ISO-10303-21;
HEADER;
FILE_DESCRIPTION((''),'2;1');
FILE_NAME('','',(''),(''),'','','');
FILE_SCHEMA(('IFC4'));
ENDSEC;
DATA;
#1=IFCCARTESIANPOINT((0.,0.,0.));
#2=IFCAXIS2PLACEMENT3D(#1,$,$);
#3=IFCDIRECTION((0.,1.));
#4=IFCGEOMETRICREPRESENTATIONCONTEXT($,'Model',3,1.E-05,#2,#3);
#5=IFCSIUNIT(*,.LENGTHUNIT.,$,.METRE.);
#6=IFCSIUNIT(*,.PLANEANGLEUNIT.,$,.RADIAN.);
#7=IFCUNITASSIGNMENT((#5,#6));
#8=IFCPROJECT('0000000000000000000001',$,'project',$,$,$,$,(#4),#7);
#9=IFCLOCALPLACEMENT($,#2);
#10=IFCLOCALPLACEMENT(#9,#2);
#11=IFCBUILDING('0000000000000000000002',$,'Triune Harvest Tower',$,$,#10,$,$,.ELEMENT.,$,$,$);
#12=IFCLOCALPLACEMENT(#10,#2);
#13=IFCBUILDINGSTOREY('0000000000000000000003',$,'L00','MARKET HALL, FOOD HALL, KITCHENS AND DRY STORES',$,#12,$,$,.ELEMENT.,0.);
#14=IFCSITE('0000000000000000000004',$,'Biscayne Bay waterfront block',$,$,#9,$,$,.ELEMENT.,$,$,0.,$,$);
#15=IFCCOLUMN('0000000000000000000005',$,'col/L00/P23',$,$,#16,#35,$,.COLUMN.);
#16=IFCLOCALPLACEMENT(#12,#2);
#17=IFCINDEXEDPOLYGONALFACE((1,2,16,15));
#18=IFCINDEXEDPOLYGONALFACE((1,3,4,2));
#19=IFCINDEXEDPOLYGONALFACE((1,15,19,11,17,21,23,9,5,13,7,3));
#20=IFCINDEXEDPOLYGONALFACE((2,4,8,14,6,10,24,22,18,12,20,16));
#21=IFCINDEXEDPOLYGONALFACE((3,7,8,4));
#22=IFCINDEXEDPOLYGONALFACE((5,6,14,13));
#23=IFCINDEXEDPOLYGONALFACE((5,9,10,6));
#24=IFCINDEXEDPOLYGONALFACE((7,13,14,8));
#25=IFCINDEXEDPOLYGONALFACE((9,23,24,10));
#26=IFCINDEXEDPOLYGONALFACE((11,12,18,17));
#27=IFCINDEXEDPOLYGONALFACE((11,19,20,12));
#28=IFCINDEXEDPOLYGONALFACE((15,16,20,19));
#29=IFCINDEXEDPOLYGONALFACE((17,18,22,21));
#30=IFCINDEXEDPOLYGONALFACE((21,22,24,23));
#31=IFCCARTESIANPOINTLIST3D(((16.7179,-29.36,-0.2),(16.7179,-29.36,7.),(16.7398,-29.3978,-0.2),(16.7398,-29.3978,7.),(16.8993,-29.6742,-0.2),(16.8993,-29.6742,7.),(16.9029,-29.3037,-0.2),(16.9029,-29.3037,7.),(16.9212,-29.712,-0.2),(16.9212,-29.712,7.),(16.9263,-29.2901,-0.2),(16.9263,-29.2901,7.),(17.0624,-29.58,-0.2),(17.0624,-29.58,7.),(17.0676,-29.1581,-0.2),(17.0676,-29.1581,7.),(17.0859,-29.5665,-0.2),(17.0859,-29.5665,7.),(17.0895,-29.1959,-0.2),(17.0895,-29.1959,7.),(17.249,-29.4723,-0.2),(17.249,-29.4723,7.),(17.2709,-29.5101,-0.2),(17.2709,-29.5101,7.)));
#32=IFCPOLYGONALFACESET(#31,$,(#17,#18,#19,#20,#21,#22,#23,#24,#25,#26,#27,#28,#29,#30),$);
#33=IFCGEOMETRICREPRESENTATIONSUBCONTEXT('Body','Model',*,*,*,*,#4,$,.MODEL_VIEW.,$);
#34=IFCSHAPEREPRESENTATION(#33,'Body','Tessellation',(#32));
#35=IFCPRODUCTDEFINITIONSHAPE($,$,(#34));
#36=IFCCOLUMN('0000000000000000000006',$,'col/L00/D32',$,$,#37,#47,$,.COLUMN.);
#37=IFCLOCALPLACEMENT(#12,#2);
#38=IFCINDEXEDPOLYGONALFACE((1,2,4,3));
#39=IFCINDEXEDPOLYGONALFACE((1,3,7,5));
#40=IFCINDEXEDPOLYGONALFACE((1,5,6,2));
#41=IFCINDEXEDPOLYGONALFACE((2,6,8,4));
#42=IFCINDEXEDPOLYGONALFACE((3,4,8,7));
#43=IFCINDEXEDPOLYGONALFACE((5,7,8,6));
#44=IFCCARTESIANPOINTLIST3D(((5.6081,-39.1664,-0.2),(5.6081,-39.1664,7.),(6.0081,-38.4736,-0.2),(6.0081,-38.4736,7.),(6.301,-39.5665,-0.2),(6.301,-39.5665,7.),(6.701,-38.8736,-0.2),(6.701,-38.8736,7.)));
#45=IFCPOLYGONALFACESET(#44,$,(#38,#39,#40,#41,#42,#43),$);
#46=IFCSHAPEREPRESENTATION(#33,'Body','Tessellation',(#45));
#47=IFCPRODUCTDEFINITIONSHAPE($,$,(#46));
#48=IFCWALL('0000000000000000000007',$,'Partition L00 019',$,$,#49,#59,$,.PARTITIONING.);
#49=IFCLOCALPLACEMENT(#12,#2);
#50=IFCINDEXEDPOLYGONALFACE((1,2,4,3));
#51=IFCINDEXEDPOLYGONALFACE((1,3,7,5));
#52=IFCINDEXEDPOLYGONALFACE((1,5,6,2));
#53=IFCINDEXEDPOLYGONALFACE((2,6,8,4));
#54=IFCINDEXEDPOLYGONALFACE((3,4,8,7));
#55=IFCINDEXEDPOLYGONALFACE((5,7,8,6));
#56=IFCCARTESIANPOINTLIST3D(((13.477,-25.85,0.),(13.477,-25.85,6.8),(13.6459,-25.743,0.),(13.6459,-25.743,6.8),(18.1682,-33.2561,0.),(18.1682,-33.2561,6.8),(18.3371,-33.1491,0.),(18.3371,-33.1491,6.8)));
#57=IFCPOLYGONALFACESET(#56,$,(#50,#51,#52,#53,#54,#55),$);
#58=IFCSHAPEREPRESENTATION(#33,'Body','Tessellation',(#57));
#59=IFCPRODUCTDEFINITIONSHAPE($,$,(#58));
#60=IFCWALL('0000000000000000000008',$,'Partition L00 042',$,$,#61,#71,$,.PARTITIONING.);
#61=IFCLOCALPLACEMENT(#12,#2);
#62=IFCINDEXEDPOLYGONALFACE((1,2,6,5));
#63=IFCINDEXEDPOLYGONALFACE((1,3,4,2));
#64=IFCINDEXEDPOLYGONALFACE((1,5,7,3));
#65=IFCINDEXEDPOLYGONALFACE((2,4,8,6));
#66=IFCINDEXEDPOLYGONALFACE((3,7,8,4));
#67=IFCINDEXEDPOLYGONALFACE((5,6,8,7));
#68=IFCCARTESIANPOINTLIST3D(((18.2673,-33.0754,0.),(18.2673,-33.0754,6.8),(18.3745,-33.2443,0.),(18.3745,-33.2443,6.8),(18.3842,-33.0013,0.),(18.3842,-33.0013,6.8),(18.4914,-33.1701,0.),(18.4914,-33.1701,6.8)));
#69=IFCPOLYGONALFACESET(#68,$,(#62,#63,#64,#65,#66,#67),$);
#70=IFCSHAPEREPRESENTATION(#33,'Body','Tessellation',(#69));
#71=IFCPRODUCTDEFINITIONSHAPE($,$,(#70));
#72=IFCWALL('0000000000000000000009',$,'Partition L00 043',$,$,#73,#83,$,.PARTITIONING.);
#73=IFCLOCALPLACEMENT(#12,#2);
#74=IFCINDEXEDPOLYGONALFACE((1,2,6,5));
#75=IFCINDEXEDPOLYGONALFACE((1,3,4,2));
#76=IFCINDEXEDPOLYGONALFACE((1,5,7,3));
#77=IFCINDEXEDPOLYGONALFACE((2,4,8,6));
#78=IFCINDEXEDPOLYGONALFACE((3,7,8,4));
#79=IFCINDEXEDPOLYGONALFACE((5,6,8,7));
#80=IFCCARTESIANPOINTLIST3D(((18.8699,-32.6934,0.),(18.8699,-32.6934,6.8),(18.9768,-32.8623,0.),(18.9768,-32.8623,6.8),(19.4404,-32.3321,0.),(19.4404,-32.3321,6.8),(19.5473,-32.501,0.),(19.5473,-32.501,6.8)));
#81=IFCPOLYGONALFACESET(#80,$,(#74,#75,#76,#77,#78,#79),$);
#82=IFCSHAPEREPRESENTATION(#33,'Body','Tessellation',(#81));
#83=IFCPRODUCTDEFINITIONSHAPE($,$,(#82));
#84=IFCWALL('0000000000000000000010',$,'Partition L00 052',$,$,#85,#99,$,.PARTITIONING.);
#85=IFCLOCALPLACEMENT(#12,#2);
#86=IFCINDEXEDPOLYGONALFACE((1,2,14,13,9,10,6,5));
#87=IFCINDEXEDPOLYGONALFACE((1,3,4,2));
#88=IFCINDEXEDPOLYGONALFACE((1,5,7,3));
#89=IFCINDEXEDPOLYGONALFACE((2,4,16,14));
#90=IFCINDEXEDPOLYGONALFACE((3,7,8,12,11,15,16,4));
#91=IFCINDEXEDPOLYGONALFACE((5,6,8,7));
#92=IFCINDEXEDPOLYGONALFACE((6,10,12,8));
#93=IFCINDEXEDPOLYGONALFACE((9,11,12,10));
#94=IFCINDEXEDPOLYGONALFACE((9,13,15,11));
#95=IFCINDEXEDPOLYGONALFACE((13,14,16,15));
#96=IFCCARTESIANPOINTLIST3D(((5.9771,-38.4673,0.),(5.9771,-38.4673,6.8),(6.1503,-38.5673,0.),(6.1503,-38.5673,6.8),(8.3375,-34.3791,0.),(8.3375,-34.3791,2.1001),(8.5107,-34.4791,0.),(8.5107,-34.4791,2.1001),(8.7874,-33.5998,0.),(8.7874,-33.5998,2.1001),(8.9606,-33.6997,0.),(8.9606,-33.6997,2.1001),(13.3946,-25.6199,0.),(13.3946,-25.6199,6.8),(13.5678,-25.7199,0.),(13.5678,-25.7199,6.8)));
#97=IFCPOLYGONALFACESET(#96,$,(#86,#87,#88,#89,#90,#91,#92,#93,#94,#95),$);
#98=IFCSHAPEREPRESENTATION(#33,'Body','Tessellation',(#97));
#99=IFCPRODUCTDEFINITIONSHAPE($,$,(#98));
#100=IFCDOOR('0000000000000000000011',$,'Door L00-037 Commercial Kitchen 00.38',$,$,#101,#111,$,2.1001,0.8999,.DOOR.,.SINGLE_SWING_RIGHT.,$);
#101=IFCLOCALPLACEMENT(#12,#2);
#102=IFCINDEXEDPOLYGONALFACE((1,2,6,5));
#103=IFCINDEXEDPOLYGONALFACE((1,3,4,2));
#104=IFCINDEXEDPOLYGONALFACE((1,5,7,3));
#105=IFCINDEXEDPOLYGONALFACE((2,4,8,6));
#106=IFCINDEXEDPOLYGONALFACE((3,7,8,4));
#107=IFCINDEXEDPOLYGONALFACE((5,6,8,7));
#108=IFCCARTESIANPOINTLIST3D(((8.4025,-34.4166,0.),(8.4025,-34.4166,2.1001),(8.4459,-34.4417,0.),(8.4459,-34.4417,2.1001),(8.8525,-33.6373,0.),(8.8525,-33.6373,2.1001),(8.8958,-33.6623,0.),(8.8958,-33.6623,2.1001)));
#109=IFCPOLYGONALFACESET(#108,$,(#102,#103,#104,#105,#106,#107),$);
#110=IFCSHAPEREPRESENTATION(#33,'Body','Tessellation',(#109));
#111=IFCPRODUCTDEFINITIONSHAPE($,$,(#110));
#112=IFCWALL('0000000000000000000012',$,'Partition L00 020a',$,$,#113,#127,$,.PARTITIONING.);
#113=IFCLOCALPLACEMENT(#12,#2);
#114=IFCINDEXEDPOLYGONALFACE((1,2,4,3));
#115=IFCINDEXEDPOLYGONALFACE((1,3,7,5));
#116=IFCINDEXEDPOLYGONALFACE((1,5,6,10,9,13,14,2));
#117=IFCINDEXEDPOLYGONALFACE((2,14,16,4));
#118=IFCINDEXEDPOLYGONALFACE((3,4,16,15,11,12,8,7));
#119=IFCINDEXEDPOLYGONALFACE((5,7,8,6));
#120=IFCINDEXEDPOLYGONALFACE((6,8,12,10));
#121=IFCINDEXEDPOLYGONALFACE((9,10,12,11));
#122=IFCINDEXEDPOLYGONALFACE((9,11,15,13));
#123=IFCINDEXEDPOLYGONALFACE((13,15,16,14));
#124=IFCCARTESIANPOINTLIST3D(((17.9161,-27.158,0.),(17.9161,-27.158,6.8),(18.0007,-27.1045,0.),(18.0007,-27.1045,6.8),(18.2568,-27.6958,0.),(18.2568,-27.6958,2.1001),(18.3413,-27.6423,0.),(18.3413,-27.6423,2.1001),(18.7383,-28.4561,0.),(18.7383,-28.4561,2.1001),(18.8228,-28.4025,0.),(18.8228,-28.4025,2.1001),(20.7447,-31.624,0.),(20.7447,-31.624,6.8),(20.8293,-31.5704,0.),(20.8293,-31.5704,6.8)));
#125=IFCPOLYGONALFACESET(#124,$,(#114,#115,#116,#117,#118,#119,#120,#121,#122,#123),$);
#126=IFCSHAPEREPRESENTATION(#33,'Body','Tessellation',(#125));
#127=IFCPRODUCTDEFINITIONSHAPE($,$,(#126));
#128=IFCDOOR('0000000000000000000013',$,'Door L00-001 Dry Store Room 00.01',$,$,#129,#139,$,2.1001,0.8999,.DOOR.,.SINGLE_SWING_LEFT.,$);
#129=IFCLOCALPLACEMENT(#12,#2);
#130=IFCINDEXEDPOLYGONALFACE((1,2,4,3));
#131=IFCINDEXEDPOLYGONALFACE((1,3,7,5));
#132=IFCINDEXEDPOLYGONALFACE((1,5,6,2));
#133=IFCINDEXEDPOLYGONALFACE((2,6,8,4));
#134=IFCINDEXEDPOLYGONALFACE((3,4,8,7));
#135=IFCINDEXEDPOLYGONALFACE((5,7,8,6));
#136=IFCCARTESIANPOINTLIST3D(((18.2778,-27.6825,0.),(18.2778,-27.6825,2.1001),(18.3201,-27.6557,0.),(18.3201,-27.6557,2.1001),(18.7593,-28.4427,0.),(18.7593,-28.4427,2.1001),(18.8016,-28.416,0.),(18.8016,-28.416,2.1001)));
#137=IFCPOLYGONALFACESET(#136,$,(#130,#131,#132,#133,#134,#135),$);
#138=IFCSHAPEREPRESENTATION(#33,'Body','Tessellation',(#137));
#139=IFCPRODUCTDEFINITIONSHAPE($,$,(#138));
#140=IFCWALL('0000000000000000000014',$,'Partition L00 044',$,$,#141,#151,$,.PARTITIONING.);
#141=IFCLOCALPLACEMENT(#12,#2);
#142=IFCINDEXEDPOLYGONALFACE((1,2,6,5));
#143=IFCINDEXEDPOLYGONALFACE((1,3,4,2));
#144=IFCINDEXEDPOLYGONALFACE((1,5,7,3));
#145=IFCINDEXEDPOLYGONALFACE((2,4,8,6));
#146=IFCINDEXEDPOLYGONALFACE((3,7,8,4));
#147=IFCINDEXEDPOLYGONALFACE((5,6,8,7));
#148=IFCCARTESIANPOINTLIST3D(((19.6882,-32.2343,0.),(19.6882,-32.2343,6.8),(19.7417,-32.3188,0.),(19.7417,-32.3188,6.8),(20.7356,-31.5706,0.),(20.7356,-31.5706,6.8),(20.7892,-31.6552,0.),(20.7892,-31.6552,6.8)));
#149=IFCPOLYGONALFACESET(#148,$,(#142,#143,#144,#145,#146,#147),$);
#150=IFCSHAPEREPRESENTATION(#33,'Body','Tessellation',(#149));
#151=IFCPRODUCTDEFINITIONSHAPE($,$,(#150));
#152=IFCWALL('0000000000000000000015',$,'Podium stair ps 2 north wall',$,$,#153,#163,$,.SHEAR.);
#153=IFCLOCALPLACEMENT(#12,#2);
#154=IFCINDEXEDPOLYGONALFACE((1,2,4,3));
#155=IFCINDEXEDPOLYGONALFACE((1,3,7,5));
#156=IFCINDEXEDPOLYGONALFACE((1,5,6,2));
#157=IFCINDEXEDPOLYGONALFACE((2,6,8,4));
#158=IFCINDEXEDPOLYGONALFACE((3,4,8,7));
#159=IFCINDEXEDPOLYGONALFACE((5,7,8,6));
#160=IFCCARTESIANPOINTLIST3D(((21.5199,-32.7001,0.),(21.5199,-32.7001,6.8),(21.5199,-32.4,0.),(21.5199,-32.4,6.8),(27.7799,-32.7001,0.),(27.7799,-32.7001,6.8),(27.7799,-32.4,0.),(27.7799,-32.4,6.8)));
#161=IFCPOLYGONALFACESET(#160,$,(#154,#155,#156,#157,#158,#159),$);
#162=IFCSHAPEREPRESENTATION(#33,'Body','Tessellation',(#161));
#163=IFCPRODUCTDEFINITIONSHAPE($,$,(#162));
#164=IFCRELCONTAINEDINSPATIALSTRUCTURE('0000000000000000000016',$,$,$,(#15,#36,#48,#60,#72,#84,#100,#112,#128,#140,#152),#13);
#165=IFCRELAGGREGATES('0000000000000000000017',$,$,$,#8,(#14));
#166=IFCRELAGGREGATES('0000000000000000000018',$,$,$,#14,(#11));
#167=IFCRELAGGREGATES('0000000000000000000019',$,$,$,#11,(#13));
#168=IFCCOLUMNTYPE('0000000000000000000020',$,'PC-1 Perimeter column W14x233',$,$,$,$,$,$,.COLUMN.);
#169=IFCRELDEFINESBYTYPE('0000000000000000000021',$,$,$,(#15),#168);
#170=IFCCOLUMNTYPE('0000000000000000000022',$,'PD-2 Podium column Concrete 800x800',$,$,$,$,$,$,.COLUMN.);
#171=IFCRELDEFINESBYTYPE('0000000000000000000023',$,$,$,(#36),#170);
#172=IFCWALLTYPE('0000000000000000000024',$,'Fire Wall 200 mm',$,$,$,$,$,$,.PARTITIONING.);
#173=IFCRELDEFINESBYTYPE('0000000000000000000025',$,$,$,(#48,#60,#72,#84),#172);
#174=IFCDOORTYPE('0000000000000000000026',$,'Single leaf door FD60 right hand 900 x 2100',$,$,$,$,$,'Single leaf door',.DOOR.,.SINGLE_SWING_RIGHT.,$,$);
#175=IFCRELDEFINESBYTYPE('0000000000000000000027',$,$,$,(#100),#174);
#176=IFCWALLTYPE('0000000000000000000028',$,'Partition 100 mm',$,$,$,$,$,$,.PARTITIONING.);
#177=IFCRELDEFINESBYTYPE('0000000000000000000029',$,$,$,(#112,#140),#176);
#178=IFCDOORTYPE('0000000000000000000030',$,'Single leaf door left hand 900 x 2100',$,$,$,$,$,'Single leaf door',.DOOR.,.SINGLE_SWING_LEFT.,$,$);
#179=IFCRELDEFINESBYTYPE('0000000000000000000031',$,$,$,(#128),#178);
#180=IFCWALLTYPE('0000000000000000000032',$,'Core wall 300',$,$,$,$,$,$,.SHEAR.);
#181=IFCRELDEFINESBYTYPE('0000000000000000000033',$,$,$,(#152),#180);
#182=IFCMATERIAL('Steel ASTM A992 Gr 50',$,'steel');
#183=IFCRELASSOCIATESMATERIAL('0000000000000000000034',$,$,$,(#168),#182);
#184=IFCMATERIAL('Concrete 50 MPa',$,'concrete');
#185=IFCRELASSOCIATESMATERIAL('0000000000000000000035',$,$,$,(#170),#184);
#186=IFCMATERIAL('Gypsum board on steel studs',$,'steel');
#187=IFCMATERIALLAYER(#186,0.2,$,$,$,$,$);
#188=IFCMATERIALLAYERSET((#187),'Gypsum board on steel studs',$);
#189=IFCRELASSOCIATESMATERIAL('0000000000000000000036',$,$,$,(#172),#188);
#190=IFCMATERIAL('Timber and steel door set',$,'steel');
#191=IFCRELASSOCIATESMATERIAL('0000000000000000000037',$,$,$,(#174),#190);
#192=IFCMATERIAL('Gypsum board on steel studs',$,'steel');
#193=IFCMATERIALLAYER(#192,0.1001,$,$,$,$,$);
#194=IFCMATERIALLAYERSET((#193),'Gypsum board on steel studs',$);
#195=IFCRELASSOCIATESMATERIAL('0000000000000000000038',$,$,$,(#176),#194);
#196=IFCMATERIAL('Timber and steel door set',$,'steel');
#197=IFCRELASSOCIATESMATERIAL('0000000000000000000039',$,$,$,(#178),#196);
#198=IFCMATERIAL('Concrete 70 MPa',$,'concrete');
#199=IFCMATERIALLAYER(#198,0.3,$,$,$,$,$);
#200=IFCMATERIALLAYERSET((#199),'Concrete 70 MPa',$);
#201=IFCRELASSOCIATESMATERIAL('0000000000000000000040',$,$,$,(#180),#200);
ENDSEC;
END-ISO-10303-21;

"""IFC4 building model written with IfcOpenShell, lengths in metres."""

from ifc_helpers import new_model, si_unit, direction, frame, frame_2d, origin, origin_2d, place, context, subcontext, project, spatial, rectangle, i_section, extrude, source, transform, mapped, material, layer, layer_set, material_profile, profile_set, type_object, element, fill, save


model = new_model("IFC4")

# Units and contexts
model_context = context("Model", 3, precision=1e-05, world=origin(), true_north=direction((0.0, 1.0)))
body_context = subcontext(model_context, "Body", "Model", "MODEL_VIEW")
ifc_project = project(units=[si_unit("LENGTHUNIT", "METRE"), si_unit("PLANEANGLEUNIT", "RADIAN")], contexts=[model_context])

# Site, building, storey
site_placement = place(None, origin())
site = spatial("IfcSite", under=ifc_project, at=site_placement, Name="Biscayne Bay waterfront block", CompositionType="ELEMENT", RefElevation=0.0)
building_placement = place(site_placement, origin())
building = spatial("IfcBuilding", under=site, at=building_placement, Name="Triune Harvest Tower", CompositionType="ELEMENT")
storey_placement = place(building_placement, origin())
storey = spatial("IfcBuildingStorey", under=building, at=storey_placement, Name="L00", Description="MARKET HALL, FOOD HALL, KITCHENS AND DRY STORES", CompositionType="ELEMENT", Elevation=0.0)

# Columns
ifc_material_1 = material(Name="Steel ASTM A992 Gr 50", Category="steel")
ifc_material_profile_1 = material_profile(ifc_material_1, i_section(OverallWidth=0.4038, OverallDepth=0.4065, WebThickness=0.0271, FlangeThickness=0.0437, at=origin_2d()), Name="W14x233")
ifc_profile_set_1 = profile_set([ifc_material_profile_1], Name="Steel ASTM A992 Gr 50")
column_type_1 = type_object("IfcColumnType", Name="PC-1 Perimeter column W14x233", PredefinedType="COLUMN", material=ifc_profile_set_1)
shared_shape_1 = source(origin(), body_context, "Body", "SweptSolid", [
    extrude(i_section(OverallWidth=0.4038, OverallDepth=0.4065, WebThickness=0.0271, FlangeThickness=0.0437, at=origin_2d()), origin(), (0.0, 0.0, 1.0), 7.2),
])
for number, where, z_axis, x_axis, name in (
    (1, (16.9944, -29.4351, -0.2), (0.0, 0.0, 1.0), (0.866026, 0.499998, 0.0), "col/L00/P23"),
):
    element("IfcColumn", number, at=place(storey_placement, frame(where, z_axis=z_axis, x_axis=x_axis)), inside=storey, type_object=column_type_1, Name=name, PredefinedType="COLUMN", context=body_context, shape_type="MappedRepresentation", body=[
        mapped(shared_shape_1, transform((0.0, 0.0, 0.0), scale=1.0)),
    ])
ifc_material_2 = material(Name="Concrete 50 MPa", Category="concrete")
ifc_material_profile_2 = material_profile(ifc_material_2, rectangle(XDim=0.8, YDim=0.8, at=origin_2d()), Name="Concrete 800x800")
ifc_profile_set_2 = profile_set([ifc_material_profile_2], Name="Concrete 50 MPa")
column_type_2 = type_object("IfcColumnType", Name="PD-2 Podium column Concrete 800x800", PredefinedType="COLUMN", material=ifc_profile_set_2)
shared_shape_2 = source(origin(), body_context, "Body", "SweptSolid", [
    extrude(rectangle(XDim=0.8, YDim=0.8, at=origin_2d()), origin(), (0.0, 0.0, 1.0), 7.2),
])
column_1_placement = place(storey_placement, frame((6.1545, -39.02, -0.2), z_axis=(0.0, 0.0, 1.0), x_axis=(0.866025, -0.5, 0.0)))
element("IfcColumn", 2, at=column_1_placement, inside=storey, type_object=column_type_2, Name="col/L00/D32", PredefinedType="COLUMN", context=body_context, shape_type="MappedRepresentation", body=[
    mapped(shared_shape_2, transform((0.0, 0.0, 0.0), scale=1.0)),
])

# Walls
ifc_material_3 = material(Name="Gypsum board on steel studs", Category="steel")
ifc_layer_1 = layer(ifc_material_3, 0.2)
ifc_layer_set_1 = layer_set([ifc_layer_1], Name="Gypsum board on steel studs")
wall_type_1 = type_object("IfcWallType", Name="Fire Wall 200 mm", PredefinedType="PARTITIONING", material=ifc_layer_set_1)
wall_1_placement = place(storey_placement, frame((13.5615, -25.7966, 0.0), z_axis=(0.0, 0.0, 1.0), x_axis=(0.535108, -0.844783, 0.0)))
element("IfcWall", 3, at=wall_1_placement, inside=storey, type_object=wall_type_1, Name="Partition L00 019", PredefinedType="PARTITIONING", context=body_context, shape_type="SweptSolid", body=[
    extrude(rectangle(XDim=8.7668, YDim=0.2, at=frame_2d((4.3833, 0.0))), origin(), (0.0, 0.0, 1.0), 6.8),
])
wall_2_placement = place(storey_placement, frame((18.3208, -33.1599, 0.0), z_axis=(0.0, 0.0, 1.0), x_axis=(0.844314, 0.535849, 0.0)))
element("IfcWall", 4, at=wall_2_placement, inside=storey, type_object=wall_type_1, Name="Partition L00 042", PredefinedType="PARTITIONING", context=body_context, shape_type="SweptSolid", body=[
    extrude(rectangle(XDim=0.1384, YDim=0.2, at=frame_2d((0.0693, 0.0))), origin(), (0.0, 0.0, 1.0), 6.8),
])
wall_3_placement = place(storey_placement, frame((18.9233, -32.7778, 0.0), z_axis=(0.0, 0.0, 1.0), x_axis=(0.844835, 0.535026, 0.0)))
element("IfcWall", 5, at=wall_3_placement, inside=storey, type_object=wall_type_1, Name="Partition L00 043", PredefinedType="PARTITIONING", context=body_context, shape_type="SweptSolid", body=[
    extrude(rectangle(XDim=0.6753, YDim=0.2, at=frame_2d((0.3376, 0.0))), origin(), (0.0, 0.0, 1.0), 6.8),
])

# Walls, openings, doors
wall_4_placement = place(storey_placement, frame((6.0637, -38.5173, 0.0), z_axis=(0.0, 0.0, 1.0), x_axis=(0.500001, 0.866025, 0.0)))
wall_4 = element("IfcWall", 6, at=wall_4_placement, inside=storey, type_object=wall_type_1, Name="Partition L00 052", PredefinedType="PARTITIONING", context=body_context, shape_type="SweptSolid", body=[
    extrude(rectangle(XDim=14.835, YDim=0.2, at=frame_2d((7.4175, 0.0))), origin(), (0.0, 0.0, 1.0), 6.8),
])
opening_1_placement = place(wall_4_placement, frame((4.7207, 0.0, 0.0)))
opening_1 = element("IfcOpeningElement", 7, at=opening_1_placement, cuts=wall_4, PredefinedType="OPENING", context=body_context, shape_type="SweptSolid", body=[
    extrude(rectangle(XDim=0.8999, YDim=2.1001, at=frame_2d((0.45, 1.05))), frame((0.0, 0.1099, 0.0), z_axis=(0.0, -1.0, 0.0), x_axis=(1.0, 0.0, 0.0)), (0.0, 0.0, 1.0), 0.22),
])
ifc_material_4 = material(Name="Timber and steel door set", Category="steel")
door_type_1 = type_object("IfcDoorType", Name="Single leaf door FD60 right hand 900 x 2100", ElementType="Single leaf door", OperationType="SINGLE_SWING_RIGHT", PredefinedType="DOOR", material=ifc_material_4)
door_1_placement = place(opening_1_placement, origin())
door_1 = element("IfcDoor", 8, at=door_1_placement, inside=storey, type_object=door_type_1, Name="Door L00-037 Commercial Kitchen 00.38", OperationType="SINGLE_SWING_RIGHT", OverallHeight=2.1001, OverallWidth=0.8999, PredefinedType="DOOR", context=body_context, shape_type="SweptSolid", body=[
    extrude(rectangle(XDim=0.8999, YDim=2.1001, at=frame_2d((0.45, 1.05))), frame((0.0, 0.0249, 0.0), z_axis=(0.0, -1.0, 0.0), x_axis=(1.0, 0.0, 0.0)), (0.0, 0.0, 1.0), 0.05),
])
fill(opening_1, door_1)
ifc_material_5 = material(Name="Gypsum board on steel studs", Category="steel")
ifc_layer_2 = layer(ifc_material_5, 0.1001)
ifc_layer_set_2 = layer_set([ifc_layer_2], Name="Gypsum board on steel studs")
wall_type_2 = type_object("IfcWallType", Name="Partition 100 mm", PredefinedType="PARTITIONING", material=ifc_layer_set_2)
wall_5_placement = place(storey_placement, frame((17.9585, -27.1313, 0.0), z_axis=(0.0, 0.0, 1.0), x_axis=(0.535066, -0.84481, 0.0)))
wall_5 = element("IfcWall", 9, at=wall_5_placement, inside=storey, type_object=wall_type_2, Name="Partition L00 020a", PredefinedType="PARTITIONING", context=body_context, shape_type="SweptSolid", body=[
    extrude(rectangle(XDim=5.2864, YDim=0.1001, at=frame_2d((2.6431, 0.0))), origin(), (0.0, 0.0, 1.0), 6.8),
])
opening_2_placement = place(wall_5_placement, frame((0.6365, 0.0, 0.0)))
opening_2 = element("IfcOpeningElement", 10, at=opening_2_placement, cuts=wall_5, PredefinedType="OPENING", context=body_context, shape_type="SweptSolid", body=[
    extrude(rectangle(XDim=0.8999, YDim=2.1001, at=frame_2d((0.45, 1.05))), frame((0.0, 0.0601, 0.0), z_axis=(0.0, -1.0, 0.0), x_axis=(1.0, 0.0, 0.0)), (0.0, 0.0, 1.0), 0.1201),
])
ifc_material_6 = material(Name="Timber and steel door set", Category="steel")
door_type_2 = type_object("IfcDoorType", Name="Single leaf door left hand 900 x 2100", ElementType="Single leaf door", OperationType="SINGLE_SWING_LEFT", PredefinedType="DOOR", material=ifc_material_6)
door_2_placement = place(opening_2_placement, origin())
door_2 = element("IfcDoor", 11, at=door_2_placement, inside=storey, type_object=door_type_2, Name="Door L00-001 Dry Store Room 00.01", OperationType="SINGLE_SWING_LEFT", OverallHeight=2.1001, OverallWidth=0.8999, PredefinedType="DOOR", context=body_context, shape_type="SweptSolid", body=[
    extrude(rectangle(XDim=0.8999, YDim=2.1001, at=frame_2d((0.45, 1.05))), frame((0.0, 0.0249, 0.0), z_axis=(0.0, -1.0, 0.0), x_axis=(1.0, 0.0, 0.0)), (0.0, 0.0, 1.0), 0.05),
])
fill(opening_2, door_2)

# Walls
wall_6_placement = place(storey_placement, frame((19.7148, -32.2766, 0.0), z_axis=(0.0, 0.0, 1.0), x_axis=(0.84473, 0.535193, 0.0)))
element("IfcWall", 12, at=wall_6_placement, inside=storey, type_object=wall_type_2, Name="Partition L00 044", PredefinedType="PARTITIONING", context=body_context, shape_type="SweptSolid", body=[
    extrude(rectangle(XDim=1.24, YDim=0.1001, at=frame_2d((0.6201, 0.0))), origin(), (0.0, 0.0, 1.0), 6.8),
])
ifc_material_7 = material(Name="Concrete 70 MPa", Category="concrete")
ifc_layer_3 = layer(ifc_material_7, 0.3)
ifc_layer_set_3 = layer_set([ifc_layer_3], Name="Concrete 70 MPa")
wall_type_3 = type_object("IfcWallType", Name="Core wall 300", PredefinedType="SHEAR", material=ifc_layer_set_3)
shared_shape_3 = source(origin(), body_context, "Body", "SweptSolid", [
    extrude(rectangle(XDim=6.26, YDim=0.3, at=frame_2d((3.1299, 0.0))), origin(), (0.0, 0.0, 1.0), 6.8),
])
wall_7_placement = place(storey_placement, frame((21.52, -32.55, 0.0), z_axis=(0.0, 0.0, 1.0), x_axis=(1.0, 0.0, 0.0)))
element("IfcWall", 13, at=wall_7_placement, inside=storey, type_object=wall_type_3, Name="Podium stair ps 2 north wall", PredefinedType="SHEAR", context=body_context, shape_type="MappedRepresentation", body=[
    mapped(shared_shape_3, transform((0.0, 0.0, 0.0), scale=1.0)),
])

save(model, "model.ifc")
